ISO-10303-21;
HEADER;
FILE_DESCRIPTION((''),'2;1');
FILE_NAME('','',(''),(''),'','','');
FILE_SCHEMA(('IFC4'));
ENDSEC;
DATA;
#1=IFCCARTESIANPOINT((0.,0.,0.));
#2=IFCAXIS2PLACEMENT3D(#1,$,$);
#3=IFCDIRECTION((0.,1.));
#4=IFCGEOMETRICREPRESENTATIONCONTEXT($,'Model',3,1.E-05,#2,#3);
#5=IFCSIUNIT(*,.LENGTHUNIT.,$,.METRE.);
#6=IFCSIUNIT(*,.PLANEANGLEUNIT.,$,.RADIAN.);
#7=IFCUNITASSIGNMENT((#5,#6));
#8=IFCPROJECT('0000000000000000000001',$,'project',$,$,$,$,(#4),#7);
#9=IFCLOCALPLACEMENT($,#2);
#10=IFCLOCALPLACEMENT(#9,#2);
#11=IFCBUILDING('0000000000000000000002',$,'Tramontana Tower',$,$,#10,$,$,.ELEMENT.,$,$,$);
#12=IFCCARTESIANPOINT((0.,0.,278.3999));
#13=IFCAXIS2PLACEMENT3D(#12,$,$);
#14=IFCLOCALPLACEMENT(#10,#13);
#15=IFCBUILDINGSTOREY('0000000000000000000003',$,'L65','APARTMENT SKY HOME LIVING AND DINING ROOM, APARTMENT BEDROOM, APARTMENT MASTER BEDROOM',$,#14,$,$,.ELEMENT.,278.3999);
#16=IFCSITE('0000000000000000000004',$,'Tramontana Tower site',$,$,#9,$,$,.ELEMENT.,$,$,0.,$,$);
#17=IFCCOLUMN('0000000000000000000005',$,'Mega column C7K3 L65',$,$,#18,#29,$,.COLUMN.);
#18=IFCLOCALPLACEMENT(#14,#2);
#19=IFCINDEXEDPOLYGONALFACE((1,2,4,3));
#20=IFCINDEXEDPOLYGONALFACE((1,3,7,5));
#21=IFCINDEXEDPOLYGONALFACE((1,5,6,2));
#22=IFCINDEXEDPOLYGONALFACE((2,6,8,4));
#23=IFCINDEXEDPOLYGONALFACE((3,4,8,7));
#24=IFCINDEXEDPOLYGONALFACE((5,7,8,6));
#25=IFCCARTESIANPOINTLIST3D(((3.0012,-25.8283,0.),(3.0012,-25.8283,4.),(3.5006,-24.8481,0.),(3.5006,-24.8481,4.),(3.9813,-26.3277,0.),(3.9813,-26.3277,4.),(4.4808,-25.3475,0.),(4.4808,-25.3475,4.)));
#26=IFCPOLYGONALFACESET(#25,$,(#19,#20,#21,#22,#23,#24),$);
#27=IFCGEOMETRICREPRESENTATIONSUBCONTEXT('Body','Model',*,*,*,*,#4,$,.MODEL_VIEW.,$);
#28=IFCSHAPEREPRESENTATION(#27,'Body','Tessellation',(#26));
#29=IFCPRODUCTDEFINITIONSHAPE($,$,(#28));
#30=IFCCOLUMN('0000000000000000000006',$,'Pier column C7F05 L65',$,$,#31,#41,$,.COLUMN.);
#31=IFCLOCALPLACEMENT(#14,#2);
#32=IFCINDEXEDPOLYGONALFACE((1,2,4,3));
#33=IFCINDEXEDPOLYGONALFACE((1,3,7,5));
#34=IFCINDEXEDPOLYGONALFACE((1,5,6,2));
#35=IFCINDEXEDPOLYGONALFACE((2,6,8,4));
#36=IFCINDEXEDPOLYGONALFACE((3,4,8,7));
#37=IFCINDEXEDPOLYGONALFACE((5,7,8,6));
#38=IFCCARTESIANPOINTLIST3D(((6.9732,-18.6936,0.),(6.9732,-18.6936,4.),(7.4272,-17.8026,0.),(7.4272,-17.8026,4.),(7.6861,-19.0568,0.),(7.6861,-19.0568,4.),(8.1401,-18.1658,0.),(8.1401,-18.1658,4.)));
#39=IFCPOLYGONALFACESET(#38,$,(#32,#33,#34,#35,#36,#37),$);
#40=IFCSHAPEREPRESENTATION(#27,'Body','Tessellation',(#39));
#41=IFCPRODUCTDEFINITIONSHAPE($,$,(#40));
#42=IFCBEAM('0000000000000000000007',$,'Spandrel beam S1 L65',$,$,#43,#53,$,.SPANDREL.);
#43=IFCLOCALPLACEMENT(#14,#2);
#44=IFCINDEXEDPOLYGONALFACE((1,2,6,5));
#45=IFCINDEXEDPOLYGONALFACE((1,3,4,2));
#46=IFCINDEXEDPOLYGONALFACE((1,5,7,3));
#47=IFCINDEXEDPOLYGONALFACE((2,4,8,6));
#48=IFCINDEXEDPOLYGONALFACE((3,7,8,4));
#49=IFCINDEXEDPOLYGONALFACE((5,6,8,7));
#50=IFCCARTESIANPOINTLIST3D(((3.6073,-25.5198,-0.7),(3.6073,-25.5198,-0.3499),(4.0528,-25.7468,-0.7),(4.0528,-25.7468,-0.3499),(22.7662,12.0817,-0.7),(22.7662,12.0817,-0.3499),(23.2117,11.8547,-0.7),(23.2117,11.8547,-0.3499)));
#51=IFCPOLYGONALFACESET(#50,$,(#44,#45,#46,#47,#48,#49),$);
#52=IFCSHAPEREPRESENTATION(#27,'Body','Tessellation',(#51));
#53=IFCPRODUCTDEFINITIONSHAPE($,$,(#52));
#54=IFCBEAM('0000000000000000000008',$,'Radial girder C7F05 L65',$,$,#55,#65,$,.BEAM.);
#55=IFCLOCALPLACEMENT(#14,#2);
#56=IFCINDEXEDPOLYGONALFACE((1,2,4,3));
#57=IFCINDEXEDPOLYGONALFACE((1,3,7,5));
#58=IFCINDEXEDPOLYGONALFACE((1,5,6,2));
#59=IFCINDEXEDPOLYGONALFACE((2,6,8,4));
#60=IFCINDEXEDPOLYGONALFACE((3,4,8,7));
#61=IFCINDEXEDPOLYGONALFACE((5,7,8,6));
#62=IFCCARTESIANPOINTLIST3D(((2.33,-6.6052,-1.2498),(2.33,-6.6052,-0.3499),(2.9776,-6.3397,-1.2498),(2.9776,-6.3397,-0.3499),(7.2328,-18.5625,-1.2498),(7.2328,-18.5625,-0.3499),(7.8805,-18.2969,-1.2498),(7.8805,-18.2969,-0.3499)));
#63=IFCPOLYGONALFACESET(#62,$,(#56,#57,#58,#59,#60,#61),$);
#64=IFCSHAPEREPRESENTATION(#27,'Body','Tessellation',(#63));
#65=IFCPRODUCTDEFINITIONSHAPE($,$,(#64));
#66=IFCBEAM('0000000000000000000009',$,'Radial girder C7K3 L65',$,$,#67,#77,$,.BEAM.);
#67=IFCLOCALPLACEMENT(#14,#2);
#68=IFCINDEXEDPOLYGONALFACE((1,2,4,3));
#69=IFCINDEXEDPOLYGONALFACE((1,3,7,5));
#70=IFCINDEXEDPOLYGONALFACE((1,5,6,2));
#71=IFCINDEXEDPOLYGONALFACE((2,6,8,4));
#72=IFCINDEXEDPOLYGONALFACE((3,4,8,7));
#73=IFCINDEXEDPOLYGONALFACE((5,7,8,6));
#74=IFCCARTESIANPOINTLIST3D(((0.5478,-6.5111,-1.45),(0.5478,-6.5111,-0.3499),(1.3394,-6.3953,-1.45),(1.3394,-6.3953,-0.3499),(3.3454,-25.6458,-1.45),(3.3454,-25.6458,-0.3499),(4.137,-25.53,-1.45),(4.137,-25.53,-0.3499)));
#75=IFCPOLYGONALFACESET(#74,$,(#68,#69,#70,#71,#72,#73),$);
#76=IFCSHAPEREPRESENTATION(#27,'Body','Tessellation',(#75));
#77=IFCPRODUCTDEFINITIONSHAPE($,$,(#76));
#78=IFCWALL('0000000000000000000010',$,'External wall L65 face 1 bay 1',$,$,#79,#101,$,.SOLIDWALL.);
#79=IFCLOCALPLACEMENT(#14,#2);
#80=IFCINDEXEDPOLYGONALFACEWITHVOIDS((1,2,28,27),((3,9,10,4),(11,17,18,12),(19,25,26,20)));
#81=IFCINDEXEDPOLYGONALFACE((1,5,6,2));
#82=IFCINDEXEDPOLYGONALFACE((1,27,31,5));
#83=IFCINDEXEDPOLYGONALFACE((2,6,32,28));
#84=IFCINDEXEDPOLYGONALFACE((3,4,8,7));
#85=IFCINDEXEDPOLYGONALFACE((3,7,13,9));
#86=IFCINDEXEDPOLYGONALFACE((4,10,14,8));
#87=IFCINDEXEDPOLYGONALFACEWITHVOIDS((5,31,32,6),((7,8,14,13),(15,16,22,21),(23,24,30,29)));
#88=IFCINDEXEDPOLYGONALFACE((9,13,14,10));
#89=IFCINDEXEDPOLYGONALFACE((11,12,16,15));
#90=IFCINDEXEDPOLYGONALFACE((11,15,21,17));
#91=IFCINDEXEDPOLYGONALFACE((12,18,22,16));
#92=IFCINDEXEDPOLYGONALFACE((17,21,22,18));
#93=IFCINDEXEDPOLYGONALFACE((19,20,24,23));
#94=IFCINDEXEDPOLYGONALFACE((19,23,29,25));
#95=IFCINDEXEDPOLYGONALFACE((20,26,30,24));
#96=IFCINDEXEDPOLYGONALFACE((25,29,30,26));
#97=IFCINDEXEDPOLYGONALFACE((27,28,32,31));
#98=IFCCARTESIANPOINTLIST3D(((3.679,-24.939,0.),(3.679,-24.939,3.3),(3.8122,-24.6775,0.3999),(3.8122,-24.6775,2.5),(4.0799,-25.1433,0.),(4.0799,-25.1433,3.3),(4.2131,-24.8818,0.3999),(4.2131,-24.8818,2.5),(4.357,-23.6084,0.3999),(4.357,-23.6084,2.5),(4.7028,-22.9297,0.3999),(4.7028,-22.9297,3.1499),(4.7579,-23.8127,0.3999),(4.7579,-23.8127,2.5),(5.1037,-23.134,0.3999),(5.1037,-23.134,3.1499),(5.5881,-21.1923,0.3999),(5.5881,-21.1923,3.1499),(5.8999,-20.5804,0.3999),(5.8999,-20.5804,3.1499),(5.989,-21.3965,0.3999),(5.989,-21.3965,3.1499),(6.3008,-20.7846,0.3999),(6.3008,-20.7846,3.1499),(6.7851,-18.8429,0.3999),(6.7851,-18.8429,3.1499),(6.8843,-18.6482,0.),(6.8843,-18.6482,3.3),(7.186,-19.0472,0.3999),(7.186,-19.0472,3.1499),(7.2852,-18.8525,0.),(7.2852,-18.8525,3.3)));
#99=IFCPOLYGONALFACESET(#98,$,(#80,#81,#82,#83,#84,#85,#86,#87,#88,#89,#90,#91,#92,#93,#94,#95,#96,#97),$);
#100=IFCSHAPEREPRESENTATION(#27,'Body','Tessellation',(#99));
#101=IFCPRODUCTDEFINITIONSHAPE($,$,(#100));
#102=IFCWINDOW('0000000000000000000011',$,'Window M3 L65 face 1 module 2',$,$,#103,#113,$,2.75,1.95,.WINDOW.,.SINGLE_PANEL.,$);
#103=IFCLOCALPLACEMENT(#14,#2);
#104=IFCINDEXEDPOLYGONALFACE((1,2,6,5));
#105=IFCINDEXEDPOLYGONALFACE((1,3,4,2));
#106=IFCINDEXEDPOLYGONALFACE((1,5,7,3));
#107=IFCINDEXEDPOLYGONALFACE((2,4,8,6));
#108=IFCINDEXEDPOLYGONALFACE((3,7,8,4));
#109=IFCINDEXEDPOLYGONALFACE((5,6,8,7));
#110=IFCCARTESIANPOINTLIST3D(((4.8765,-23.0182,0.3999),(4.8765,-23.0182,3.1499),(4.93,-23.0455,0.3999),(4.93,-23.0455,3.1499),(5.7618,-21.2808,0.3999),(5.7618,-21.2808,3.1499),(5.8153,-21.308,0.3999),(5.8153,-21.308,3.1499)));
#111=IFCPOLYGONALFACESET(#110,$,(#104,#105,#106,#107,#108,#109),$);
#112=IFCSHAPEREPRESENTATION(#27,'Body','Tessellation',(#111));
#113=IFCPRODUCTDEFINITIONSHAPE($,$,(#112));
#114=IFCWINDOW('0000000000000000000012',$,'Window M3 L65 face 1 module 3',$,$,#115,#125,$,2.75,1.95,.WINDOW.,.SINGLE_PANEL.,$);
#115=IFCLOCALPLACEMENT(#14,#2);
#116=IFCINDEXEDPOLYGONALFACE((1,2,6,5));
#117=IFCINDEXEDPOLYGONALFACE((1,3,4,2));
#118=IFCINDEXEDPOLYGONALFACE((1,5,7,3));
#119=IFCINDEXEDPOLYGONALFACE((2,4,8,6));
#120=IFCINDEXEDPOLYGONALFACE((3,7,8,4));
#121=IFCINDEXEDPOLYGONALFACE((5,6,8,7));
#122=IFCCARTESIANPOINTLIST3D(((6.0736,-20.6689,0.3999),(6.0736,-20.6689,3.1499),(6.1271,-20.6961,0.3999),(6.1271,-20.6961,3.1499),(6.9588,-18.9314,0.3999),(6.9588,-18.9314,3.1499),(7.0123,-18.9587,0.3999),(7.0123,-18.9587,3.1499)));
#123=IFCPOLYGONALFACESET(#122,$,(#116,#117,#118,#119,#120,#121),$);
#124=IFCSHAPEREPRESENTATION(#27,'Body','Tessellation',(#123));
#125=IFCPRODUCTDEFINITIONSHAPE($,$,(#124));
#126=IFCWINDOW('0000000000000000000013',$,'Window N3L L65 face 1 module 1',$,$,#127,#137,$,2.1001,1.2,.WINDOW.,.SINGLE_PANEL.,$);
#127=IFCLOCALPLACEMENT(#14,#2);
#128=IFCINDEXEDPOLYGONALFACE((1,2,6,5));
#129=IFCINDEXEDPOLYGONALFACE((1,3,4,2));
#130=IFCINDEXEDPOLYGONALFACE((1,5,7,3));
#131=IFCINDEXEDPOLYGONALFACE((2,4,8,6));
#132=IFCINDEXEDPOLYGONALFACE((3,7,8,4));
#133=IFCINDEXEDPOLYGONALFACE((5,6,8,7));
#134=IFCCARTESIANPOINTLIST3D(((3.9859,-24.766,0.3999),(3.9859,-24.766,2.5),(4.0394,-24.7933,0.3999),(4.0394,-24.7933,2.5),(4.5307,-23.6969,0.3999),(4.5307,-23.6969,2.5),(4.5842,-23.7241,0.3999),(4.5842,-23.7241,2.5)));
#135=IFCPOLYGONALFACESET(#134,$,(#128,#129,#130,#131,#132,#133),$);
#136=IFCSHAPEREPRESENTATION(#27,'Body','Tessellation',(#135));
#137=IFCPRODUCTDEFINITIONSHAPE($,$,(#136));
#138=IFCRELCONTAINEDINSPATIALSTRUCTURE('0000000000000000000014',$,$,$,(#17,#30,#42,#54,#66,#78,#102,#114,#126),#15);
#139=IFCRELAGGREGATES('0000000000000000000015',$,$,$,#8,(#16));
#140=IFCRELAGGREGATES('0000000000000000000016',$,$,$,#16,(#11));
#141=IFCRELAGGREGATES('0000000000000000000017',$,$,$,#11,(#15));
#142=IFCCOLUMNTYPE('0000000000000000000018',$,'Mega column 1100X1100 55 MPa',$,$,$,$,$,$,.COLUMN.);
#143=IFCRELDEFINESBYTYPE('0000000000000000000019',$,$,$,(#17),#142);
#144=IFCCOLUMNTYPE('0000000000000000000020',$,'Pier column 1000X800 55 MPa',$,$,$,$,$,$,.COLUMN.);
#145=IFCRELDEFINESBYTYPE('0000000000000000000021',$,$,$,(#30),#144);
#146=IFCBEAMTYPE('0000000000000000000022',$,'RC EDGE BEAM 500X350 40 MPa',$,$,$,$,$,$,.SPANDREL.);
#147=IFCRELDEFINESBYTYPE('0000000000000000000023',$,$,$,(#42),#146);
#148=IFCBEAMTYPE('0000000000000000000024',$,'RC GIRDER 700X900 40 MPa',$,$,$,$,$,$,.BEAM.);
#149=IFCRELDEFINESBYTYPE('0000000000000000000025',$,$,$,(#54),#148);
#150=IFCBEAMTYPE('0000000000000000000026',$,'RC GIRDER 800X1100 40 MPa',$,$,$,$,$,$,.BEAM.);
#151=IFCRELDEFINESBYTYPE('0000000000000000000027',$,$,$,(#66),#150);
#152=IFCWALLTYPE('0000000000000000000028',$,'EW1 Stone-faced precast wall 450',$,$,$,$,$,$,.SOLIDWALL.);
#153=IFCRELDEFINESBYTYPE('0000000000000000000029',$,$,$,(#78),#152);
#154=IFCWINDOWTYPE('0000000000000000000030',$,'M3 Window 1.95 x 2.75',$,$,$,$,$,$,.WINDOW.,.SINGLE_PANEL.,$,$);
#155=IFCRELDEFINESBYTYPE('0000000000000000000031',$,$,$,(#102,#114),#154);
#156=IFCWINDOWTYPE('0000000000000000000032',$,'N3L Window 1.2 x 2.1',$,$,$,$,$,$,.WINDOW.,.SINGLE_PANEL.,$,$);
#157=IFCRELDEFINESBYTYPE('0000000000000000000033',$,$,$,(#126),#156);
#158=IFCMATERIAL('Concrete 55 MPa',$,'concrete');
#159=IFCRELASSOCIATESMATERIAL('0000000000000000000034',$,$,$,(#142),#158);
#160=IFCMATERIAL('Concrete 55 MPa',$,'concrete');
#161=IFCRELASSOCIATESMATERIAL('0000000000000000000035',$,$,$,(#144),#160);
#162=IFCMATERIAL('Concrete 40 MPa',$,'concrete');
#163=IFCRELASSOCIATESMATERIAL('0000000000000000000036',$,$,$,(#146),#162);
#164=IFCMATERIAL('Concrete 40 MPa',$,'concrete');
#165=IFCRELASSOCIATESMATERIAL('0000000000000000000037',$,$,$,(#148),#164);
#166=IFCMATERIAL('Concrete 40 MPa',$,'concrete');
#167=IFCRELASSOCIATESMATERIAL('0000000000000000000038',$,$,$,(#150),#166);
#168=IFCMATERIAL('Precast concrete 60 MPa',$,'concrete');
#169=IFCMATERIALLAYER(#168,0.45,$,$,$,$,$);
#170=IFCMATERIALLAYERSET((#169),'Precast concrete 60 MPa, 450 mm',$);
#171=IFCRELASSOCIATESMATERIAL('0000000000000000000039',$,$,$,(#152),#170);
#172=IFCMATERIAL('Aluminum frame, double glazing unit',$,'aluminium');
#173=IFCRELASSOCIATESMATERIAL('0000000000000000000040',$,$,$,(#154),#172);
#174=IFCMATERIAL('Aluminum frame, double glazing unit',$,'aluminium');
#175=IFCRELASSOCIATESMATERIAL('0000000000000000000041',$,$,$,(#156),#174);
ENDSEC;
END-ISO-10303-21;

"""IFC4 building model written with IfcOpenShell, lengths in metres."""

from ifc_helpers import new_model, si_unit, direction, frame, frame_2d, origin, origin_2d, place, context, subcontext, project, spatial, rectangle, extrude, material, layer, layer_set, material_profile, profile_set, type_object, element, fill, save


model = new_model("IFC4")

# Units and contexts
model_context = context("Model", 3, precision=1e-05, world=origin(), true_north=direction((0.0, 1.0)))
body_context = subcontext(model_context, "Body", "Model", "MODEL_VIEW")
ifc_project = project(units=[si_unit("LENGTHUNIT", "METRE"), si_unit("PLANEANGLEUNIT", "RADIAN")], contexts=[model_context])

# Site, building, storey
site_placement = place(None, origin())
site = spatial("IfcSite", under=ifc_project, at=site_placement, Name="Tramontana Tower site", CompositionType="ELEMENT", RefElevation=0.0)
building_placement = place(site_placement, origin())
building = spatial("IfcBuilding", under=site, at=building_placement, Name="Tramontana Tower", CompositionType="ELEMENT")
storey_placement = place(building_placement, frame((0.0, 0.0, 278.3999)))
storey = spatial("IfcBuildingStorey", under=building, at=storey_placement, Name="L65", Description="APARTMENT SKY HOME LIVING AND DINING ROOM, APARTMENT BEDROOM, APARTMENT MASTER BEDROOM", CompositionType="ELEMENT", Elevation=278.3999)

# Columns
ifc_material_1 = material(Name="Concrete 55 MPa", Category="concrete")
ifc_material_profile_1 = material_profile(ifc_material_1, rectangle(XDim=1.1001, YDim=1.1001, at=origin_2d()), Name="Mega column 1100X1100 55 MPa")
ifc_profile_set_1 = profile_set([ifc_material_profile_1], Name="Concrete 55 MPa")
column_type_1 = type_object("IfcColumnType", Name="Mega column 1100X1100 55 MPa", PredefinedType="COLUMN", material=ifc_profile_set_1)
column_1_placement = place(storey_placement, frame((3.741, -25.5879, 0.0), z_axis=(0.0, 0.0, 1.0), x_axis=(0.45399, 0.891007, 0.0)))
element("IfcColumn", 1, at=column_1_placement, inside=storey, type_object=column_type_1, Name="Mega column C7K3 L65", PredefinedType="COLUMN", context=body_context, shape_type="SweptSolid", body=[
    extrude(rectangle(XDim=1.1001, YDim=1.1001, at=origin_2d()), origin(), (0.0, 0.0, 1.0), 4.0),
])
ifc_material_2 = material(Name="Concrete 55 MPa", Category="concrete")
ifc_material_profile_2 = material_profile(ifc_material_2, rectangle(XDim=1.0, YDim=0.8, at=origin_2d()), Name="Pier column 1000X800 55 MPa")
ifc_profile_set_2 = profile_set([ifc_material_profile_2], Name="Concrete 55 MPa")
column_type_2 = type_object("IfcColumnType", Name="Pier column 1000X800 55 MPa", PredefinedType="COLUMN", material=ifc_profile_set_2)
column_2_placement = place(storey_placement, frame((7.5566, -18.4297, 0.0), z_axis=(0.0, 0.0, 1.0), x_axis=(0.45399, 0.891007, 0.0)))
element("IfcColumn", 2, at=column_2_placement, inside=storey, type_object=column_type_2, Name="Pier column C7F05 L65", PredefinedType="COLUMN", context=body_context, shape_type="SweptSolid", body=[
    extrude(rectangle(XDim=1.0, YDim=0.8, at=origin_2d()), origin(), (0.0, 0.0, 1.0), 4.0),
])

# Beams
ifc_material_3 = material(Name="Concrete 40 MPa", Category="concrete")
ifc_material_profile_3 = material_profile(ifc_material_3, rectangle(XDim=0.5, YDim=0.3501, at=origin_2d()), Name="RC EDGE BEAM 500X350 40 MPa")
ifc_profile_set_3 = profile_set([ifc_material_profile_3], Name="Concrete 40 MPa")
beam_type_1 = type_object("IfcBeamType", Name="RC EDGE BEAM 500X350 40 MPa", PredefinedType="SPANDREL", material=ifc_profile_set_3)
beam_1_placement = place(storey_placement, frame((3.8301, -25.6333, -0.5249), z_axis=(0.45399, 0.891007, 0.0), x_axis=(-0.891007, 0.45399, 0.0)))
element("IfcBeam", 3, at=beam_1_placement, inside=storey, type_object=beam_type_1, Name="Spandrel beam S1 L65", PredefinedType="SPANDREL", context=body_context, shape_type="SweptSolid", body=[
    extrude(rectangle(XDim=0.5, YDim=0.3501, at=origin_2d()), origin(), (0.0, 0.0, 1.0), 42.2012),
])
ifc_material_4 = material(Name="Concrete 40 MPa", Category="concrete")
ifc_material_profile_4 = material_profile(ifc_material_4, rectangle(XDim=0.7, YDim=0.8999, at=origin_2d()), Name="RC GIRDER 700X900 40 MPa")
ifc_profile_set_4 = profile_set([ifc_material_profile_4], Name="Concrete 40 MPa")
beam_type_2 = type_object("IfcBeamType", Name="RC GIRDER 700X900 40 MPa", PredefinedType="BEAM", material=ifc_profile_set_4)
beam_2_placement = place(storey_placement, frame((7.5566, -18.4297, -0.7998), z_axis=(-0.379376, 0.925242, 0.0), x_axis=(-0.925242, -0.379376, 0.0)))
element("IfcBeam", 4, at=beam_2_placement, inside=storey, type_object=beam_type_2, Name="Radial girder C7F05 L65", PredefinedType="BEAM", context=body_context, shape_type="SweptSolid", body=[
    extrude(rectangle(XDim=0.7, YDim=0.8999, at=origin_2d()), origin(), (0.0, 0.0, 1.0), 12.9233),
])
ifc_material_5 = material(Name="Concrete 40 MPa", Category="concrete")
ifc_material_profile_5 = material_profile(ifc_material_5, rectangle(XDim=0.8, YDim=1.1001, at=origin_2d()), Name="RC GIRDER 800X1100 40 MPa")
ifc_profile_set_5 = profile_set([ifc_material_profile_5], Name="Concrete 40 MPa")
beam_type_3 = type_object("IfcBeamType", Name="RC GIRDER 800X1100 40 MPa", PredefinedType="BEAM", material=ifc_profile_set_5)
beam_3_placement = place(storey_placement, frame((3.7412, -25.5879, -0.8999), z_axis=(-0.144667, 0.98948, 0.0), x_axis=(-0.98948, -0.144667, 0.0)))
element("IfcBeam", 5, at=beam_3_placement, inside=storey, type_object=beam_type_3, Name="Radial girder C7K3 L65", PredefinedType="BEAM", context=body_context, shape_type="SweptSolid", body=[
    extrude(rectangle(XDim=0.8, YDim=1.1001, at=origin_2d()), origin(), (0.0, 0.0, 1.0), 19.3381),
])

# Wall, openings, windows
ifc_material_6 = material(Name="Precast concrete 60 MPa", Category="concrete")
ifc_layer_1 = layer(ifc_material_6, 0.45)
ifc_layer_set_1 = layer_set([ifc_layer_1], Name="Precast concrete 60 MPa, 450 mm")
wall_type_1 = type_object("IfcWallType", Name="EW1 Stone-faced precast wall 450", PredefinedType="SOLIDWALL", material=ifc_layer_set_1)
wall_1_placement = place(storey_placement, frame((3.8794, -25.0413, 0.0), z_axis=(0.0, 0.0, 1.0), x_axis=(0.453992, 0.891006, 0.0)))
wall_1 = element("IfcWall", 6, at=wall_1_placement, inside=storey, type_object=wall_type_1, Name="External wall L65 face 1 bay 1", PredefinedType="SOLIDWALL", context=body_context, shape_type="SweptSolid", body=[
    extrude(rectangle(XDim=7.0603, YDim=0.45, at=frame_2d((3.5303, 0.0))), origin(), (0.0, 0.0, 1.0), 3.3),
])
opening_1_placement = place(wall_1_placement, frame((0.2935, 0.0, 0.3999)))
opening_1 = element("IfcOpeningElement", 7, at=opening_1_placement, cuts=wall_1, PredefinedType="OPENING", context=body_context, shape_type="SweptSolid", body=[
    extrude(rectangle(XDim=1.2, YDim=2.1001, at=frame_2d((0.6001, 1.05))), frame((0.0, 0.2349, 0.0), z_axis=(0.0, -1.0, 0.0), x_axis=(1.0, 0.0, 0.0)), (0.0, 0.0, 1.0), 0.47),
])
opening_2_placement = place(wall_1_placement, frame((2.2551, 0.0, 0.3999)))
opening_2 = element("IfcOpeningElement", 8, at=opening_2_placement, cuts=wall_1, PredefinedType="OPENING", context=body_context, shape_type="SweptSolid", body=[
    extrude(rectangle(XDim=1.95, YDim=2.75, at=frame_2d((0.9751, 1.375))), frame((0.0, 0.2349, 0.0), z_axis=(0.0, -1.0, 0.0), x_axis=(1.0, 0.0, 0.0)), (0.0, 0.0, 1.0), 0.47),
])
opening_3_placement = place(wall_1_placement, frame((4.8918, 0.0, 0.3999)))
opening_3 = element("IfcOpeningElement", 9, at=opening_3_placement, cuts=wall_1, PredefinedType="OPENING", context=body_context, shape_type="SweptSolid", body=[
    extrude(rectangle(XDim=1.95, YDim=2.75, at=frame_2d((0.9751, 1.375))), frame((0.0, 0.2349, 0.0), z_axis=(0.0, -1.0, 0.0), x_axis=(1.0, 0.0, 0.0)), (0.0, 0.0, 1.0), 0.47),
])
ifc_material_7 = material(Name="Aluminum frame, double glazing unit", Category="aluminium")
window_type_1 = type_object("IfcWindowType", Name="M3 Window 1.95 x 2.75", PartitioningType="SINGLE_PANEL", PredefinedType="WINDOW", material=ifc_material_7)
window_1_placement = place(opening_2_placement, origin())
window_1 = element("IfcWindow", 10, at=window_1_placement, inside=storey, type_object=window_type_1, Name="Window M3 L65 face 1 module 2", OverallHeight=2.75, OverallWidth=1.95, PartitioningType="SINGLE_PANEL", PredefinedType="WINDOW", context=body_context, shape_type="SweptSolid", body=[
    extrude(rectangle(XDim=1.95, YDim=2.75, at=frame_2d((0.9751, 1.375))), frame((0.0, 0.03, 0.0), z_axis=(0.0, -1.0, 0.0), x_axis=(1.0, 0.0, 0.0)), (0.0, 0.0, 1.0), 0.0601),
])
fill(opening_2, window_1)
window_2_placement = place(opening_3_placement, origin())
window_2 = element("IfcWindow", 11, at=window_2_placement, inside=storey, type_object=window_type_1, Name="Window M3 L65 face 1 module 3", OverallHeight=2.75, OverallWidth=1.95, PartitioningType="SINGLE_PANEL", PredefinedType="WINDOW", context=body_context, shape_type="SweptSolid", body=[
    extrude(rectangle(XDim=1.95, YDim=2.75, at=frame_2d((0.9751, 1.375))), frame((0.0, 0.03, 0.0), z_axis=(0.0, -1.0, 0.0), x_axis=(1.0, 0.0, 0.0)), (0.0, 0.0, 1.0), 0.0601),
])
fill(opening_3, window_2)
ifc_material_8 = material(Name="Aluminum frame, double glazing unit", Category="aluminium")
window_type_2 = type_object("IfcWindowType", Name="N3L Window 1.2 x 2.1", PartitioningType="SINGLE_PANEL", PredefinedType="WINDOW", material=ifc_material_8)
window_3_placement = place(opening_1_placement, origin())
window_3 = element("IfcWindow", 12, at=window_3_placement, inside=storey, type_object=window_type_2, Name="Window N3L L65 face 1 module 1", OverallHeight=2.1001, OverallWidth=1.2, PartitioningType="SINGLE_PANEL", PredefinedType="WINDOW", context=body_context, shape_type="SweptSolid", body=[
    extrude(rectangle(XDim=1.2, YDim=2.1001, at=frame_2d((0.6001, 1.05))), frame((0.0, 0.03, 0.0), z_axis=(0.0, -1.0, 0.0), x_axis=(1.0, 0.0, 0.0)), (0.0, 0.0, 1.0), 0.0601),
])
fill(opening_1, window_3)

save(model, "model.ifc")
